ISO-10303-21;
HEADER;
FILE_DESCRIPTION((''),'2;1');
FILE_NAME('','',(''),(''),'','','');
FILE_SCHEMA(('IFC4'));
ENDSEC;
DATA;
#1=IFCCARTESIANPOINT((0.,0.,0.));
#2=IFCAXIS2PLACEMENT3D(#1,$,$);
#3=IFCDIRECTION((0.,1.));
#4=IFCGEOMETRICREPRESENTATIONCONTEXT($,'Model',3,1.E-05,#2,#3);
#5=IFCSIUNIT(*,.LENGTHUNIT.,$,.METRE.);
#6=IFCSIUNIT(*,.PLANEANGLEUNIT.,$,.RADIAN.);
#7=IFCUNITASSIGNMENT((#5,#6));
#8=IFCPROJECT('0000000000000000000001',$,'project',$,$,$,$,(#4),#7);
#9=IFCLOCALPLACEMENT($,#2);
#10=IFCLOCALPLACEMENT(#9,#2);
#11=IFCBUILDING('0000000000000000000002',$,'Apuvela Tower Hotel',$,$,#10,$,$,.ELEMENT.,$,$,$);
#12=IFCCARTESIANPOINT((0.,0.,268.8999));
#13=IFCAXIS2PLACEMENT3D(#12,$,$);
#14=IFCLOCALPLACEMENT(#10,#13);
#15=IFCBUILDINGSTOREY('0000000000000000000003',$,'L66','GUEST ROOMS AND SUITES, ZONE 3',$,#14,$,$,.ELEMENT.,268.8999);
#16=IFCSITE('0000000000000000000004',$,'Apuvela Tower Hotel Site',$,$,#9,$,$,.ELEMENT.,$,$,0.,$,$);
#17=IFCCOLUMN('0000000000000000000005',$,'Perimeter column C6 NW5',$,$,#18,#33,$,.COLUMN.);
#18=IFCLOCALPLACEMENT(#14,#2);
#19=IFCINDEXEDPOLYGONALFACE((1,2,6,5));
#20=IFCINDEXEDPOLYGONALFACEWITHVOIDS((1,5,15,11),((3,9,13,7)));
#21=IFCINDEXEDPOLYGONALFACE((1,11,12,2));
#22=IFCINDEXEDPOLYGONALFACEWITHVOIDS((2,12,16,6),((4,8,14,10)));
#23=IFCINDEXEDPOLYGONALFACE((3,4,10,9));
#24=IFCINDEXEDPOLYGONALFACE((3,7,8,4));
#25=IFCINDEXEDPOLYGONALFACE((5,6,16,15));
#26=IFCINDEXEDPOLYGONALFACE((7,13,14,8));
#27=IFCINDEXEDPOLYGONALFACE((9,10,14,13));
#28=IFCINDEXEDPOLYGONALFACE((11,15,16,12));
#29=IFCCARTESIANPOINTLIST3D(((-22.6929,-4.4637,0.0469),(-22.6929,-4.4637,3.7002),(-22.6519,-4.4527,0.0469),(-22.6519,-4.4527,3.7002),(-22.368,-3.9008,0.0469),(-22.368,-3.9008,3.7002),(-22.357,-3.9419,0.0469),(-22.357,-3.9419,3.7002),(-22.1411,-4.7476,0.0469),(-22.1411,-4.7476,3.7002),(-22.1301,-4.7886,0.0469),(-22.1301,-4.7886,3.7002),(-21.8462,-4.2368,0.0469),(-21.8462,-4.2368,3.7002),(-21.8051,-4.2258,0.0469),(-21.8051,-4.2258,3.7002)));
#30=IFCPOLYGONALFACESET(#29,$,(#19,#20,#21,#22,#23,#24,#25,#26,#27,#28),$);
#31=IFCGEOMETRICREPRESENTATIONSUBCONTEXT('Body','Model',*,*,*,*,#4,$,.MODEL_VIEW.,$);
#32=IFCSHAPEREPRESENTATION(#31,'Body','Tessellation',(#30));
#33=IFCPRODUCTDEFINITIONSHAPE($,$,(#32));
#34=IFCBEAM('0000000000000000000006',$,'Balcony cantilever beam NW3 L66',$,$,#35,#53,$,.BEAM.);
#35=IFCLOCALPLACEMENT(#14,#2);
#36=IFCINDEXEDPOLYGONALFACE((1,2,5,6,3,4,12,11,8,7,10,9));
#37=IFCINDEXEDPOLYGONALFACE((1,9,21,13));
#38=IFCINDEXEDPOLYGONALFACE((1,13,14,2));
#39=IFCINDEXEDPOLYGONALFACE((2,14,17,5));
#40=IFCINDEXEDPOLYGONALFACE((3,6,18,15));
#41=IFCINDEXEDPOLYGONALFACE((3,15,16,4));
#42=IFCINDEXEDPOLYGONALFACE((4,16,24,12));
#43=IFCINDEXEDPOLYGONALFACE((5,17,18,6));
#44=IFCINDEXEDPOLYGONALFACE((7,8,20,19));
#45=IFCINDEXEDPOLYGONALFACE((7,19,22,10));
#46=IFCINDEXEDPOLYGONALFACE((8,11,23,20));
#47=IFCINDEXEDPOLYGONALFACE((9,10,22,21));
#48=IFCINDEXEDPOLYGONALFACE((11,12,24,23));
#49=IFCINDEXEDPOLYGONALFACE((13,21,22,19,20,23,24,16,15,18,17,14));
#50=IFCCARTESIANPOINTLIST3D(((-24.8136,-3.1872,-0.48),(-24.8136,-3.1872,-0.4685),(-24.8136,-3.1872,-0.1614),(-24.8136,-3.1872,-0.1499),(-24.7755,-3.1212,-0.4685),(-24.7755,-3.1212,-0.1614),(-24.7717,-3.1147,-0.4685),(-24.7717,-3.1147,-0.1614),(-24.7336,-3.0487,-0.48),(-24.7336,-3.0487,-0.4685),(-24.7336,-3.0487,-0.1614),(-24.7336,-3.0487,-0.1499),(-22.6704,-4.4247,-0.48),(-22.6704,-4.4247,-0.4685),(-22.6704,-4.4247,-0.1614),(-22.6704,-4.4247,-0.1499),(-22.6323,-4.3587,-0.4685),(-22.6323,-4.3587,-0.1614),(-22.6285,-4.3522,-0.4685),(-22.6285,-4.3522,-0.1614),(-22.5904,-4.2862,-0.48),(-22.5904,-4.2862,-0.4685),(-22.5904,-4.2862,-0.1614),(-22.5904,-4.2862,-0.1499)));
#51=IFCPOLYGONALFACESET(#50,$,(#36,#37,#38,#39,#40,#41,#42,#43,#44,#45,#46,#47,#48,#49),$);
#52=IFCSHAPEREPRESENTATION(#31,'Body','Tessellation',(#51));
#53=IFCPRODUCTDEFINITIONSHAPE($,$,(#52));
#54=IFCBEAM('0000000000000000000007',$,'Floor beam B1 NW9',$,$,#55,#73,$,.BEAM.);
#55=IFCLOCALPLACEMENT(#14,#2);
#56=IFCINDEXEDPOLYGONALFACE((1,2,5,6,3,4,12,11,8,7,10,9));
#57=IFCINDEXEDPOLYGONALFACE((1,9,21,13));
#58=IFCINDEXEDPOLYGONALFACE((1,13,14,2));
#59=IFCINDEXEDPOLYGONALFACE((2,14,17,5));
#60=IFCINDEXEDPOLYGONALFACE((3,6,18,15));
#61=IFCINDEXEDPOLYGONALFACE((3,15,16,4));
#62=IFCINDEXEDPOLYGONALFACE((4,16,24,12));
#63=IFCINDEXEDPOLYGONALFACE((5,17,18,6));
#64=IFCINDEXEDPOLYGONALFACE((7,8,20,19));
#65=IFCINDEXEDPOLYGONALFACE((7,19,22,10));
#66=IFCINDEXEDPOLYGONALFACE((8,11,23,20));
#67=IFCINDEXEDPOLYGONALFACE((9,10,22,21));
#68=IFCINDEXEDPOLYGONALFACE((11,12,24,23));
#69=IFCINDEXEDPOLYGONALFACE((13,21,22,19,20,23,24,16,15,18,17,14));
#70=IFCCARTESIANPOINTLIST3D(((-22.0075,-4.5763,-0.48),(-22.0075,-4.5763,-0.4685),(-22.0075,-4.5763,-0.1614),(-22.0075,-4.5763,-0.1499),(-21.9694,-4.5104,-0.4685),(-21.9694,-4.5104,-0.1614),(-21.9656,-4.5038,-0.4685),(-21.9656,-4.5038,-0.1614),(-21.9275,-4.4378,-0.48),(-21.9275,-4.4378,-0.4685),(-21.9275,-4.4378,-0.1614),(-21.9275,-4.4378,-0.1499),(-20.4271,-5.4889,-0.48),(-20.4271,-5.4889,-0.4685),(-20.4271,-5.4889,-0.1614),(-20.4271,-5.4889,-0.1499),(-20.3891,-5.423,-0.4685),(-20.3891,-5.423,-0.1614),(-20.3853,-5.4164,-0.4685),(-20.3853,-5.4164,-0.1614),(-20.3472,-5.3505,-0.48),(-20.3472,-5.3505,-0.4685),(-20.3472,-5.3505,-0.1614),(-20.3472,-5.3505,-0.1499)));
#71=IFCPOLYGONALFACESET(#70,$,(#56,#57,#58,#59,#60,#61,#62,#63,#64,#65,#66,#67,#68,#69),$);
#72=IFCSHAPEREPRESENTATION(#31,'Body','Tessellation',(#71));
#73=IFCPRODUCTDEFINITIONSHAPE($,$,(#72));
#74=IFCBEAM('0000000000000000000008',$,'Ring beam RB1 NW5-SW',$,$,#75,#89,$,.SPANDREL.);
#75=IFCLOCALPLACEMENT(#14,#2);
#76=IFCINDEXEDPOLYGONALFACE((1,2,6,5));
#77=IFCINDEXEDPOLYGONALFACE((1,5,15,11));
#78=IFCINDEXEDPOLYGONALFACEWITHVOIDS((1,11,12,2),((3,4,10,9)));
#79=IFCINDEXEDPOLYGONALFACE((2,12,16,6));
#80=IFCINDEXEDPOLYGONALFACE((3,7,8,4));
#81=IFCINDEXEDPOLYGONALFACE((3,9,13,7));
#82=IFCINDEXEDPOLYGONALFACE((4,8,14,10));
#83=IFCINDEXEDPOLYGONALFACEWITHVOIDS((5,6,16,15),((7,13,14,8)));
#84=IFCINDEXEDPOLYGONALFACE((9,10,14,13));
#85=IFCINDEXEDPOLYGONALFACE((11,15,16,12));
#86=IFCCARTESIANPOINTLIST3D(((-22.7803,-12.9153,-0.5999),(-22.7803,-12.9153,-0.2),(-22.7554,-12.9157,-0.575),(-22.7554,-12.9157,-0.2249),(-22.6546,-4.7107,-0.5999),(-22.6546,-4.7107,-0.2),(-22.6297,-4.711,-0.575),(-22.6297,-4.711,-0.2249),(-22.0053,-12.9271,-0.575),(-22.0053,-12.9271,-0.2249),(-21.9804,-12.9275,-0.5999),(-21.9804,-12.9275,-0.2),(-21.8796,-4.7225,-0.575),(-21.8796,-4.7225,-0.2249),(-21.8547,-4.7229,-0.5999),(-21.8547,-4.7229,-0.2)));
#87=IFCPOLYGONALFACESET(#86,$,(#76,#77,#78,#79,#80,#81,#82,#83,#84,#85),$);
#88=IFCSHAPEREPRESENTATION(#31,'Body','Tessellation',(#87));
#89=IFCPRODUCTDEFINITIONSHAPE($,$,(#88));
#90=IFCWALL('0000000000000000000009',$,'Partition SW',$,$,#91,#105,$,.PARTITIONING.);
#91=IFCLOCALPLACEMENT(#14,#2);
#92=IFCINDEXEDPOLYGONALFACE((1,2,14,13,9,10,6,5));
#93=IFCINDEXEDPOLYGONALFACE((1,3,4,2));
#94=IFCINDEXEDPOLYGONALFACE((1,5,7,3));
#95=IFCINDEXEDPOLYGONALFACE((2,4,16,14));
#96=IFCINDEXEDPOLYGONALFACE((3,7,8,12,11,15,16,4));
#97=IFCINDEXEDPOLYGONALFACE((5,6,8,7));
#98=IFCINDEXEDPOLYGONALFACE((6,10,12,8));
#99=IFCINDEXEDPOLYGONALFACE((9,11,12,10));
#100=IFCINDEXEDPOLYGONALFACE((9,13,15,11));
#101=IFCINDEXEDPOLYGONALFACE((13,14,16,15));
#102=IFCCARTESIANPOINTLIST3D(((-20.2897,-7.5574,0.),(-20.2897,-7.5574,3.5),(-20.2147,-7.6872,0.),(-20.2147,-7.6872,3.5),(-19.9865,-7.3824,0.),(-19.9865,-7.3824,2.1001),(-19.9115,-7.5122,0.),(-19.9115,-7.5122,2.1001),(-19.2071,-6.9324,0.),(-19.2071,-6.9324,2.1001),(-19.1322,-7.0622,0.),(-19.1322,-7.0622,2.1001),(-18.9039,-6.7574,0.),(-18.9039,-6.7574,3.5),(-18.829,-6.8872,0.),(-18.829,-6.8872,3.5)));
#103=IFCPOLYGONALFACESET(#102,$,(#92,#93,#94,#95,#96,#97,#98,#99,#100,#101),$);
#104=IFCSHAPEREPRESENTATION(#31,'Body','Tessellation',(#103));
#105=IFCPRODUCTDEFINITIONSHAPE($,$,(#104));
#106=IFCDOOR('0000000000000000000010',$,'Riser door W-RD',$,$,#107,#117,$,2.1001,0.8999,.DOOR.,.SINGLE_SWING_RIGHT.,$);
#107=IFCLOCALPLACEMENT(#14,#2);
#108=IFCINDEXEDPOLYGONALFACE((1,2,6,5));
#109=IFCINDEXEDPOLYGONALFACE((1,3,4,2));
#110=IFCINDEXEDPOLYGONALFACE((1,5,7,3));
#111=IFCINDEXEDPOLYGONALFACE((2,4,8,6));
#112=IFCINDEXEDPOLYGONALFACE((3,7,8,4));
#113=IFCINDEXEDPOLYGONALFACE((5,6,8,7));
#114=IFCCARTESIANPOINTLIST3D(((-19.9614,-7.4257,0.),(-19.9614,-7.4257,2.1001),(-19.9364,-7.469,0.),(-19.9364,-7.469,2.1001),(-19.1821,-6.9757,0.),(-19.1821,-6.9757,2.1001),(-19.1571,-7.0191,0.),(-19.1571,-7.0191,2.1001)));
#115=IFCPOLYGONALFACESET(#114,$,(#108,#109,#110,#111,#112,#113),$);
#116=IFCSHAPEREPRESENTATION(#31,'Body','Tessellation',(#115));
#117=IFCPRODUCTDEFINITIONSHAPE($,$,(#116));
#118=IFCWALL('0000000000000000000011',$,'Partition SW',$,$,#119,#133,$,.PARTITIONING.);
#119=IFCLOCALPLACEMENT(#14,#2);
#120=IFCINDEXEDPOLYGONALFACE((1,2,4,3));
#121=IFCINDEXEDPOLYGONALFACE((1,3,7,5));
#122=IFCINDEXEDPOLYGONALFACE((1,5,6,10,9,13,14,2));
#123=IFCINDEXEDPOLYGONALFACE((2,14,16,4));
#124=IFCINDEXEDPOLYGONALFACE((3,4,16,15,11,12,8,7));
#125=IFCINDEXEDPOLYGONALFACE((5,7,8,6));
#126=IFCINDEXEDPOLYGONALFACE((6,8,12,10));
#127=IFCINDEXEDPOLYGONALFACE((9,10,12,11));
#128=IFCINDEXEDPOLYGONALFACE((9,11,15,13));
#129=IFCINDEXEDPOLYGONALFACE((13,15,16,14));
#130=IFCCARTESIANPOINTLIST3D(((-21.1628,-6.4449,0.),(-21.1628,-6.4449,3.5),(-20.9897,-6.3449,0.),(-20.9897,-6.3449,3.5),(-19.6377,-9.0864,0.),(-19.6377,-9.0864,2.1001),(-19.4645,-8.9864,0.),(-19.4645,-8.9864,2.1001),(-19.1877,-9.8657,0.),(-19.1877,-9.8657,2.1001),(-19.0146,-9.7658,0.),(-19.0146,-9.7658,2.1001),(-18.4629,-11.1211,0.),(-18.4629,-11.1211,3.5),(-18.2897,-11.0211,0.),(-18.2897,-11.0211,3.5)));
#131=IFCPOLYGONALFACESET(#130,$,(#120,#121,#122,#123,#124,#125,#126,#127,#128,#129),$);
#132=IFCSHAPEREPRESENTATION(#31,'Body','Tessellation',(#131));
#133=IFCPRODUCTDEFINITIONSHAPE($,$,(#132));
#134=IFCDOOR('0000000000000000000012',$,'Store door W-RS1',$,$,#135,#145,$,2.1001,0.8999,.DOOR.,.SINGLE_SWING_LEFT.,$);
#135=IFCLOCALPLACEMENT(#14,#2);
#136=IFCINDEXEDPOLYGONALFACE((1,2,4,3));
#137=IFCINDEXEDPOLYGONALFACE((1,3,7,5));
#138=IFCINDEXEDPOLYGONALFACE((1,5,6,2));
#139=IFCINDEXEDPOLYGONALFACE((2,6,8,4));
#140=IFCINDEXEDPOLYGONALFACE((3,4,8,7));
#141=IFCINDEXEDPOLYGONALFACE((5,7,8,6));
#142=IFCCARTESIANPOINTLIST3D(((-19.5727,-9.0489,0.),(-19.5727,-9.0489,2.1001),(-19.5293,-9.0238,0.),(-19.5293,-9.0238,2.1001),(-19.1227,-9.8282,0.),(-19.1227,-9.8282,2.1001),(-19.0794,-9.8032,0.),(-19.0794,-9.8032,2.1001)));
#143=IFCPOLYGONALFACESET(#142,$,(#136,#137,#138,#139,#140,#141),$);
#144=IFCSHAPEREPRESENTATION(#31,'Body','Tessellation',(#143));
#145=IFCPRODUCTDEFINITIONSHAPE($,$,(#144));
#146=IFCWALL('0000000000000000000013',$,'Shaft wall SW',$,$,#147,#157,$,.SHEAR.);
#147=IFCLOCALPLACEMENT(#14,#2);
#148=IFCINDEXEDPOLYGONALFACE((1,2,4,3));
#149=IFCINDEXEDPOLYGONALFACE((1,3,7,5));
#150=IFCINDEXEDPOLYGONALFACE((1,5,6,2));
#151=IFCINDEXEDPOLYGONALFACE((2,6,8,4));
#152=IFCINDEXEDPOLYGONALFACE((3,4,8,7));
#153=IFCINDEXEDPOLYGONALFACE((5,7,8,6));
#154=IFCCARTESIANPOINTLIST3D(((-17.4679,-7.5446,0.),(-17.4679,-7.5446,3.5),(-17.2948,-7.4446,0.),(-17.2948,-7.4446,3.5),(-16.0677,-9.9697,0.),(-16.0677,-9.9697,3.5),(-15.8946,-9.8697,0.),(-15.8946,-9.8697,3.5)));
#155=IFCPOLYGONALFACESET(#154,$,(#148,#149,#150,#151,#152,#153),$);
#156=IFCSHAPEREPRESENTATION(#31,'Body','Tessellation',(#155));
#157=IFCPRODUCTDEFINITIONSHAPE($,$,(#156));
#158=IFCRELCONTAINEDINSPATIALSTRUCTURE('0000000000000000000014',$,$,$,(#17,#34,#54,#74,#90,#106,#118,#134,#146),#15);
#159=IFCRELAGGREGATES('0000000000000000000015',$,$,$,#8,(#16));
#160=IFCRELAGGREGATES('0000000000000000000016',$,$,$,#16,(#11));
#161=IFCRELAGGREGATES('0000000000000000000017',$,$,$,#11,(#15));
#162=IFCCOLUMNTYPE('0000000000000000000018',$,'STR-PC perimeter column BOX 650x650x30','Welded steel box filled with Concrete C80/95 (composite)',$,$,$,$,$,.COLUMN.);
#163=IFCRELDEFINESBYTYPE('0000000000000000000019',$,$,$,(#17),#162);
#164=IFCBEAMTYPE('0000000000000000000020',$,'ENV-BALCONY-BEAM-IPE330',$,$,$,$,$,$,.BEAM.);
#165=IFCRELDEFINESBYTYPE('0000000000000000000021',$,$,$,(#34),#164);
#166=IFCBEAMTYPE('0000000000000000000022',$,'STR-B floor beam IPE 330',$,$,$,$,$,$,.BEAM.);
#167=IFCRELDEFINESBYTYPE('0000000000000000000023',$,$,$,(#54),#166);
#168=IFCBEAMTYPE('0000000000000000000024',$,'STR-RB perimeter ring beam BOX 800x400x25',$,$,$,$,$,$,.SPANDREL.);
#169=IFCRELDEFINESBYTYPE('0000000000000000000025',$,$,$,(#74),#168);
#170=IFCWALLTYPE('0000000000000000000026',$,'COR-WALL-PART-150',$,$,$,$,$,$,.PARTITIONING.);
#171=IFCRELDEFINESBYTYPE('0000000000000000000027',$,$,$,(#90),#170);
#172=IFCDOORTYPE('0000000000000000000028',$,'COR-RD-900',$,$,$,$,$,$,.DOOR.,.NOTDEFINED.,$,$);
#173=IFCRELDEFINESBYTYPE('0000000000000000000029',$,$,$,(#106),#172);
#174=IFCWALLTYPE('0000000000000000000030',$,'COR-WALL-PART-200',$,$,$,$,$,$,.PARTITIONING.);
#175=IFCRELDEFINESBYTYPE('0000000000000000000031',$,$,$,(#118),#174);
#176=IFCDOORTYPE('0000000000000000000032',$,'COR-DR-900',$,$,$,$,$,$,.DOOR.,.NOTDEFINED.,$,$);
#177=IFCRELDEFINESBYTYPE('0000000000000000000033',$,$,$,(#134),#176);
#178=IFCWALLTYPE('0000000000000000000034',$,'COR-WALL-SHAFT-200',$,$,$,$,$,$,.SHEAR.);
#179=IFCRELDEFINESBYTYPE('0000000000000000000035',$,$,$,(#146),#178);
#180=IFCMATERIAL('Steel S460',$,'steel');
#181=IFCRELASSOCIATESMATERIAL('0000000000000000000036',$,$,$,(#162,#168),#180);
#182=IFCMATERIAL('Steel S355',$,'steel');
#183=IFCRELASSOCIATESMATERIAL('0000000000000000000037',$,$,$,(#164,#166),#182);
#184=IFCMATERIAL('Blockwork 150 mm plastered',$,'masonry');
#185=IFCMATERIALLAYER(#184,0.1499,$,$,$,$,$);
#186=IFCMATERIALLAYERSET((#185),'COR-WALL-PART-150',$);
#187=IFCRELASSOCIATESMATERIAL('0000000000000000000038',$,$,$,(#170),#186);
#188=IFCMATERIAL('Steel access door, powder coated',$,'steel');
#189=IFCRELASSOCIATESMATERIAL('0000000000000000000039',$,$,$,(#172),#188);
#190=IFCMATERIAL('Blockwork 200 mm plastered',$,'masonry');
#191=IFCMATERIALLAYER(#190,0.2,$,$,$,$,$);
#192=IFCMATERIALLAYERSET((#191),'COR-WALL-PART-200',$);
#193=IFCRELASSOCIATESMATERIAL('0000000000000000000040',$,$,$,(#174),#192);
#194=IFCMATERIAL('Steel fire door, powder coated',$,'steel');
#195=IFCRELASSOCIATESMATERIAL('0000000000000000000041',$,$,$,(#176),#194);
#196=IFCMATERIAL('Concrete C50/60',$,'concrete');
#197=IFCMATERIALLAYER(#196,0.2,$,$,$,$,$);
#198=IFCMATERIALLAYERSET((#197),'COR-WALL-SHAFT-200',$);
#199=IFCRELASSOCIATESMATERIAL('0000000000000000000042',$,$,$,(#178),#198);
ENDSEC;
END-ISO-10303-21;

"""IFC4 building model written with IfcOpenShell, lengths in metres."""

from ifc_helpers import new_model, si_unit, direction, frame, frame_2d, origin, origin_2d, place, context, subcontext, project, spatial, rectangle, hollow_rectangle, i_section, extrude, boolean, halfspace, material, layer, layer_set, material_profile, profile_set, type_object, element, fill, save


model = new_model("IFC4")

# Units and contexts
model_context = context("Model", 3, precision=1e-05, world=origin(), true_north=direction((0.0, 1.0)))
body_context = subcontext(model_context, "Body", "Model", "MODEL_VIEW")
ifc_project = project(units=[si_unit("LENGTHUNIT", "METRE"), si_unit("PLANEANGLEUNIT", "RADIAN")], contexts=[model_context])

# Site, building, storey
site_placement = place(None, origin())
site = spatial("IfcSite", under=ifc_project, at=site_placement, Name="Apuvela Tower Hotel Site", CompositionType="ELEMENT", RefElevation=0.0)
building_placement = place(site_placement, origin())
building = spatial("IfcBuilding", under=site, at=building_placement, Name="Apuvela Tower Hotel", CompositionType="ELEMENT")
storey_placement = place(building_placement, frame((0.0, 0.0, 268.8999)))
storey = spatial("IfcBuildingStorey", under=building, at=storey_placement, Name="L66", Description="GUEST ROOMS AND SUITES, ZONE 3", CompositionType="ELEMENT", Elevation=268.8999)

# Column
ifc_material_1 = material(Name="Steel S460", Category="steel")
ifc_material_profile_1 = material_profile(ifc_material_1, hollow_rectangle(XDim=0.6499, YDim=0.6499, WallThickness=0.03, at=origin_2d()), Name="BOX 650x650x30")
ifc_material_2 = material(Name="Concrete C80/95", Category="concrete")
ifc_material_profile_2 = material_profile(ifc_material_2, rectangle(XDim=0.5901, YDim=0.5901, at=origin_2d()), Name="Concrete C80/95 infill")
ifc_profile_set_1 = profile_set([ifc_material_profile_1, ifc_material_profile_2], Name="Steel S460")
column_type = type_object("IfcColumnType", Name="STR-PC perimeter column BOX 650x650x30", Description="Welded steel box filled with Concrete C80/95 (composite)", PredefinedType="COLUMN", material=ifc_profile_set_1)
column_placement = place(storey_placement, frame((-22.249, -4.3447, 0.0), z_axis=(0.0, 0.0, 1.0), x_axis=(0.5, 0.866025, 0.0)))
element("IfcColumn", 1, at=column_placement, inside=storey, type_object=column_type, Name="Perimeter column C6 NW5", PredefinedType="COLUMN", context=body_context, shape_type="SweptSolid", body=[
    boolean("DIFFERENCE", extrude(hollow_rectangle(XDim=0.6499, YDim=0.6499, WallThickness=0.03, at=origin_2d()), origin(), (0.0, 0.0, 1.0), 3.7002), halfspace(frame((0.0, 0.0, 0.0469), z_axis=(0.0, 0.0, 1.0), x_axis=(1.0, 0.0, 0.0)), True)),
])

# Beams
ifc_material_3 = material(Name="Steel S355", Category="steel")
ifc_material_profile_3 = material_profile(ifc_material_3, i_section(OverallWidth=0.1599, OverallDepth=0.3301, WebThickness=0.0076, FlangeThickness=0.0115, at=origin_2d()), Name="IPE 330")
ifc_profile_set_2 = profile_set([ifc_material_profile_3], Name="Steel S355")
beam_type_1 = type_object("IfcBeamType", Name="ENV-BALCONY-BEAM-IPE330", PredefinedType="BEAM", material=ifc_profile_set_2)
beam_1_placement = place(storey_placement, frame((-22.6304, -4.3555, -0.3149), z_axis=(-0.866007, 0.500033, 0.0), x_axis=(-0.500033, -0.866007, 0.0)))
element("IfcBeam", 2, at=beam_1_placement, inside=storey, type_object=beam_type_1, Name="Balcony cantilever beam NW3 L66", PredefinedType="BEAM", context=body_context, shape_type="SweptSolid", body=[
    extrude(i_section(OverallWidth=0.1599, OverallDepth=0.3301, WebThickness=0.0076, FlangeThickness=0.0115, at=origin_2d()), origin(), (0.0, 0.0, 1.0), 2.4749),
])
ifc_material_profile_4 = material_profile(ifc_material_3, i_section(OverallWidth=0.1599, OverallDepth=0.3301, WebThickness=0.0076, FlangeThickness=0.0115, at=origin_2d()), Name="IPE 330")
ifc_profile_set_3 = profile_set([ifc_material_profile_4], Name="Steel S355")
beam_type_2 = type_object("IfcBeamType", Name="STR-B floor beam IPE 330", PredefinedType="BEAM", material=ifc_profile_set_3)
beam_2_placement = place(storey_placement, frame((-21.9675, -4.5071, -0.3149), z_axis=(0.865978, -0.500081, 0.0), x_axis=(0.500081, 0.865978, 0.0)))
element("IfcBeam", 3, at=beam_2_placement, inside=storey, type_object=beam_type_2, Name="Floor beam B1 NW9", PredefinedType="BEAM", context=body_context, shape_type="SweptSolid", body=[
    extrude(i_section(OverallWidth=0.1599, OverallDepth=0.3301, WebThickness=0.0076, FlangeThickness=0.0115, at=origin_2d()), origin(), (0.0, 0.0, 1.0), 1.825),
])
ifc_material_profile_5 = material_profile(ifc_material_1, hollow_rectangle(XDim=0.8, YDim=0.3999, WallThickness=0.0249, at=origin_2d()), Name="BOX 800x400x25")
ifc_profile_set_4 = profile_set([ifc_material_profile_5], Name="Steel S460")
beam_type_3 = type_object("IfcBeamType", Name="STR-RB perimeter ring beam BOX 800x400x25", PredefinedType="SPANDREL", material=ifc_profile_set_4)
beam_3_placement = place(storey_placement, frame((-22.2546, -4.7168, -0.3999), z_axis=(-0.015323, -0.999883, 0.0), x_axis=(0.999883, -0.015323, 0.0)))
element("IfcBeam", 4, at=beam_3_placement, inside=storey, type_object=beam_type_3, Name="Ring beam RB1 NW5-SW", PredefinedType="SPANDREL", context=body_context, shape_type="SweptSolid", body=[
    extrude(hollow_rectangle(XDim=0.8, YDim=0.3999, WallThickness=0.0249, at=origin_2d()), origin(), (0.0, 0.0, 1.0), 8.2056),
])

# Walls, openings, doors
ifc_material_4 = material(Name="Blockwork 150 mm plastered", Category="masonry")
ifc_layer_1 = layer(ifc_material_4, 0.1499)
ifc_layer_set_1 = layer_set([ifc_layer_1], Name="COR-WALL-PART-150")
wall_type_1 = type_object("IfcWallType", Name="COR-WALL-PART-150", PredefinedType="PARTITIONING", material=ifc_layer_set_1)
wall_1_placement = place(storey_placement, frame((-18.8665, -6.8223, 0.0), z_axis=(0.0, 0.0, 1.0), x_axis=(-0.866028, -0.499995, 0.0)))
wall_1 = element("IfcWall", 5, at=wall_1_placement, inside=storey, type_object=wall_type_1, Name="Partition SW", PredefinedType="PARTITIONING", context=body_context, shape_type="SweptSolid", body=[
    extrude(rectangle(XDim=1.6001, YDim=0.1499, at=frame_2d((0.8, 0.0))), origin(), (0.0, 0.0, 1.0), 3.5),
])
opening_1_placement = place(wall_1_placement, frame((0.3501, 0.0, 0.0)))
opening_1 = element("IfcOpeningElement", 6, at=opening_1_placement, cuts=wall_1, PredefinedType="OPENING", context=body_context, shape_type="SweptSolid", body=[
    extrude(rectangle(XDim=0.8999, YDim=2.1001, at=frame_2d((0.45, 1.05))), frame((0.0, 0.085, 0.0), z_axis=(0.0, -1.0, 0.0), x_axis=(1.0, 0.0, 0.0)), (0.0, 0.0, 1.0), 0.1699),
])
ifc_material_5 = material(Name="Steel access door, powder coated", Category="steel")
door_type_1 = type_object("IfcDoorType", Name="COR-RD-900", OperationType="NOTDEFINED", PredefinedType="DOOR", material=ifc_material_5)
door_1_placement = place(opening_1_placement, frame((0.8999, 0.0, 0.0), z_axis=(0.0, 0.0, 1.0), x_axis=(-1.0, 0.0, 0.0)))
door_1 = element("IfcDoor", 7, at=door_1_placement, inside=storey, type_object=door_type_1, Name="Riser door W-RD", OperationType="SINGLE_SWING_RIGHT", OverallHeight=2.1001, OverallWidth=0.8999, PredefinedType="DOOR", context=body_context, shape_type="SweptSolid", body=[
    extrude(rectangle(XDim=0.8999, YDim=2.1001, at=frame_2d((0.45, 1.05))), frame((0.0, 0.0249, 0.0), z_axis=(0.0, -1.0, 0.0), x_axis=(1.0, 0.0, 0.0)), (0.0, 0.0, 1.0), 0.05),
])
fill(opening_1, door_1)
ifc_material_6 = material(Name="Blockwork 200 mm plastered", Category="masonry")
ifc_layer_2 = layer(ifc_material_6, 0.2)
ifc_layer_set_2 = layer_set([ifc_layer_2], Name="COR-WALL-PART-200")
wall_type_2 = type_object("IfcWallType", Name="COR-WALL-PART-200", PredefinedType="PARTITIONING", material=ifc_layer_set_2)
wall_2_placement = place(storey_placement, frame((-21.0762, -6.395, 0.0), z_axis=(0.0, 0.0, 1.0), x_axis=(0.500015, -0.866017, 0.0)))
wall_2 = element("IfcWall", 8, at=wall_2_placement, inside=storey, type_object=wall_type_2, Name="Partition SW", PredefinedType="PARTITIONING", context=body_context, shape_type="SweptSolid", body=[
    extrude(rectangle(XDim=5.3997, YDim=0.2, at=frame_2d((2.6997, 0.0))), origin(), (0.0, 0.0, 1.0), 3.5),
])
opening_2_placement = place(wall_2_placement, frame((3.05, 0.0, 0.0)))
opening_2 = element("IfcOpeningElement", 9, at=opening_2_placement, cuts=wall_2, PredefinedType="OPENING", context=body_context, shape_type="SweptSolid", body=[
    extrude(rectangle(XDim=0.8999, YDim=2.1001, at=frame_2d((0.45, 1.05))), frame((0.0, 0.1099, 0.0), z_axis=(0.0, -1.0, 0.0), x_axis=(1.0, 0.0, 0.0)), (0.0, 0.0, 1.0), 0.22),
])
ifc_material_7 = material(Name="Steel fire door, powder coated", Category="steel")
door_type_2 = type_object("IfcDoorType", Name="COR-DR-900", OperationType="NOTDEFINED", PredefinedType="DOOR", material=ifc_material_7)
door_2_placement = place(opening_2_placement, frame((0.8999, 0.0, 0.0), z_axis=(0.0, 0.0, 1.0), x_axis=(-1.0, 0.0, 0.0)))
door_2 = element("IfcDoor", 10, at=door_2_placement, inside=storey, type_object=door_type_2, Name="Store door W-RS1", OperationType="SINGLE_SWING_LEFT", OverallHeight=2.1001, OverallWidth=0.8999, PredefinedType="DOOR", context=body_context, shape_type="SweptSolid", body=[
    extrude(rectangle(XDim=0.8999, YDim=2.1001, at=frame_2d((0.45, 1.05))), frame((0.0, 0.0249, 0.0), z_axis=(0.0, -1.0, 0.0), x_axis=(1.0, 0.0, 0.0)), (0.0, 0.0, 1.0), 0.05),
])
fill(opening_2, door_2)

# Wall
ifc_material_8 = material(Name="Concrete C50/60", Category="concrete")
ifc_layer_3 = layer(ifc_material_8, 0.2)
ifc_layer_set_3 = layer_set([ifc_layer_3], Name="COR-WALL-SHAFT-200")
wall_type_3 = type_object("IfcWallType", Name="COR-WALL-SHAFT-200", PredefinedType="SHEAR", material=ifc_layer_set_3)
wall_3_placement = place(storey_placement, frame((-17.3813, -7.4946, 0.0), z_axis=(0.0, 0.0, 1.0), x_axis=(0.500012, -0.866019, 0.0)))
element("IfcWall", 11, at=wall_3_placement, inside=storey, type_object=wall_type_3, Name="Shaft wall SW", PredefinedType="SHEAR", context=body_context, shape_type="SweptSolid", body=[
    extrude(rectangle(XDim=2.8003, YDim=0.2, at=frame_2d((1.4001, 0.0))), origin(), (0.0, 0.0, 1.0), 3.5),
])

save(model, "model.ifc")
